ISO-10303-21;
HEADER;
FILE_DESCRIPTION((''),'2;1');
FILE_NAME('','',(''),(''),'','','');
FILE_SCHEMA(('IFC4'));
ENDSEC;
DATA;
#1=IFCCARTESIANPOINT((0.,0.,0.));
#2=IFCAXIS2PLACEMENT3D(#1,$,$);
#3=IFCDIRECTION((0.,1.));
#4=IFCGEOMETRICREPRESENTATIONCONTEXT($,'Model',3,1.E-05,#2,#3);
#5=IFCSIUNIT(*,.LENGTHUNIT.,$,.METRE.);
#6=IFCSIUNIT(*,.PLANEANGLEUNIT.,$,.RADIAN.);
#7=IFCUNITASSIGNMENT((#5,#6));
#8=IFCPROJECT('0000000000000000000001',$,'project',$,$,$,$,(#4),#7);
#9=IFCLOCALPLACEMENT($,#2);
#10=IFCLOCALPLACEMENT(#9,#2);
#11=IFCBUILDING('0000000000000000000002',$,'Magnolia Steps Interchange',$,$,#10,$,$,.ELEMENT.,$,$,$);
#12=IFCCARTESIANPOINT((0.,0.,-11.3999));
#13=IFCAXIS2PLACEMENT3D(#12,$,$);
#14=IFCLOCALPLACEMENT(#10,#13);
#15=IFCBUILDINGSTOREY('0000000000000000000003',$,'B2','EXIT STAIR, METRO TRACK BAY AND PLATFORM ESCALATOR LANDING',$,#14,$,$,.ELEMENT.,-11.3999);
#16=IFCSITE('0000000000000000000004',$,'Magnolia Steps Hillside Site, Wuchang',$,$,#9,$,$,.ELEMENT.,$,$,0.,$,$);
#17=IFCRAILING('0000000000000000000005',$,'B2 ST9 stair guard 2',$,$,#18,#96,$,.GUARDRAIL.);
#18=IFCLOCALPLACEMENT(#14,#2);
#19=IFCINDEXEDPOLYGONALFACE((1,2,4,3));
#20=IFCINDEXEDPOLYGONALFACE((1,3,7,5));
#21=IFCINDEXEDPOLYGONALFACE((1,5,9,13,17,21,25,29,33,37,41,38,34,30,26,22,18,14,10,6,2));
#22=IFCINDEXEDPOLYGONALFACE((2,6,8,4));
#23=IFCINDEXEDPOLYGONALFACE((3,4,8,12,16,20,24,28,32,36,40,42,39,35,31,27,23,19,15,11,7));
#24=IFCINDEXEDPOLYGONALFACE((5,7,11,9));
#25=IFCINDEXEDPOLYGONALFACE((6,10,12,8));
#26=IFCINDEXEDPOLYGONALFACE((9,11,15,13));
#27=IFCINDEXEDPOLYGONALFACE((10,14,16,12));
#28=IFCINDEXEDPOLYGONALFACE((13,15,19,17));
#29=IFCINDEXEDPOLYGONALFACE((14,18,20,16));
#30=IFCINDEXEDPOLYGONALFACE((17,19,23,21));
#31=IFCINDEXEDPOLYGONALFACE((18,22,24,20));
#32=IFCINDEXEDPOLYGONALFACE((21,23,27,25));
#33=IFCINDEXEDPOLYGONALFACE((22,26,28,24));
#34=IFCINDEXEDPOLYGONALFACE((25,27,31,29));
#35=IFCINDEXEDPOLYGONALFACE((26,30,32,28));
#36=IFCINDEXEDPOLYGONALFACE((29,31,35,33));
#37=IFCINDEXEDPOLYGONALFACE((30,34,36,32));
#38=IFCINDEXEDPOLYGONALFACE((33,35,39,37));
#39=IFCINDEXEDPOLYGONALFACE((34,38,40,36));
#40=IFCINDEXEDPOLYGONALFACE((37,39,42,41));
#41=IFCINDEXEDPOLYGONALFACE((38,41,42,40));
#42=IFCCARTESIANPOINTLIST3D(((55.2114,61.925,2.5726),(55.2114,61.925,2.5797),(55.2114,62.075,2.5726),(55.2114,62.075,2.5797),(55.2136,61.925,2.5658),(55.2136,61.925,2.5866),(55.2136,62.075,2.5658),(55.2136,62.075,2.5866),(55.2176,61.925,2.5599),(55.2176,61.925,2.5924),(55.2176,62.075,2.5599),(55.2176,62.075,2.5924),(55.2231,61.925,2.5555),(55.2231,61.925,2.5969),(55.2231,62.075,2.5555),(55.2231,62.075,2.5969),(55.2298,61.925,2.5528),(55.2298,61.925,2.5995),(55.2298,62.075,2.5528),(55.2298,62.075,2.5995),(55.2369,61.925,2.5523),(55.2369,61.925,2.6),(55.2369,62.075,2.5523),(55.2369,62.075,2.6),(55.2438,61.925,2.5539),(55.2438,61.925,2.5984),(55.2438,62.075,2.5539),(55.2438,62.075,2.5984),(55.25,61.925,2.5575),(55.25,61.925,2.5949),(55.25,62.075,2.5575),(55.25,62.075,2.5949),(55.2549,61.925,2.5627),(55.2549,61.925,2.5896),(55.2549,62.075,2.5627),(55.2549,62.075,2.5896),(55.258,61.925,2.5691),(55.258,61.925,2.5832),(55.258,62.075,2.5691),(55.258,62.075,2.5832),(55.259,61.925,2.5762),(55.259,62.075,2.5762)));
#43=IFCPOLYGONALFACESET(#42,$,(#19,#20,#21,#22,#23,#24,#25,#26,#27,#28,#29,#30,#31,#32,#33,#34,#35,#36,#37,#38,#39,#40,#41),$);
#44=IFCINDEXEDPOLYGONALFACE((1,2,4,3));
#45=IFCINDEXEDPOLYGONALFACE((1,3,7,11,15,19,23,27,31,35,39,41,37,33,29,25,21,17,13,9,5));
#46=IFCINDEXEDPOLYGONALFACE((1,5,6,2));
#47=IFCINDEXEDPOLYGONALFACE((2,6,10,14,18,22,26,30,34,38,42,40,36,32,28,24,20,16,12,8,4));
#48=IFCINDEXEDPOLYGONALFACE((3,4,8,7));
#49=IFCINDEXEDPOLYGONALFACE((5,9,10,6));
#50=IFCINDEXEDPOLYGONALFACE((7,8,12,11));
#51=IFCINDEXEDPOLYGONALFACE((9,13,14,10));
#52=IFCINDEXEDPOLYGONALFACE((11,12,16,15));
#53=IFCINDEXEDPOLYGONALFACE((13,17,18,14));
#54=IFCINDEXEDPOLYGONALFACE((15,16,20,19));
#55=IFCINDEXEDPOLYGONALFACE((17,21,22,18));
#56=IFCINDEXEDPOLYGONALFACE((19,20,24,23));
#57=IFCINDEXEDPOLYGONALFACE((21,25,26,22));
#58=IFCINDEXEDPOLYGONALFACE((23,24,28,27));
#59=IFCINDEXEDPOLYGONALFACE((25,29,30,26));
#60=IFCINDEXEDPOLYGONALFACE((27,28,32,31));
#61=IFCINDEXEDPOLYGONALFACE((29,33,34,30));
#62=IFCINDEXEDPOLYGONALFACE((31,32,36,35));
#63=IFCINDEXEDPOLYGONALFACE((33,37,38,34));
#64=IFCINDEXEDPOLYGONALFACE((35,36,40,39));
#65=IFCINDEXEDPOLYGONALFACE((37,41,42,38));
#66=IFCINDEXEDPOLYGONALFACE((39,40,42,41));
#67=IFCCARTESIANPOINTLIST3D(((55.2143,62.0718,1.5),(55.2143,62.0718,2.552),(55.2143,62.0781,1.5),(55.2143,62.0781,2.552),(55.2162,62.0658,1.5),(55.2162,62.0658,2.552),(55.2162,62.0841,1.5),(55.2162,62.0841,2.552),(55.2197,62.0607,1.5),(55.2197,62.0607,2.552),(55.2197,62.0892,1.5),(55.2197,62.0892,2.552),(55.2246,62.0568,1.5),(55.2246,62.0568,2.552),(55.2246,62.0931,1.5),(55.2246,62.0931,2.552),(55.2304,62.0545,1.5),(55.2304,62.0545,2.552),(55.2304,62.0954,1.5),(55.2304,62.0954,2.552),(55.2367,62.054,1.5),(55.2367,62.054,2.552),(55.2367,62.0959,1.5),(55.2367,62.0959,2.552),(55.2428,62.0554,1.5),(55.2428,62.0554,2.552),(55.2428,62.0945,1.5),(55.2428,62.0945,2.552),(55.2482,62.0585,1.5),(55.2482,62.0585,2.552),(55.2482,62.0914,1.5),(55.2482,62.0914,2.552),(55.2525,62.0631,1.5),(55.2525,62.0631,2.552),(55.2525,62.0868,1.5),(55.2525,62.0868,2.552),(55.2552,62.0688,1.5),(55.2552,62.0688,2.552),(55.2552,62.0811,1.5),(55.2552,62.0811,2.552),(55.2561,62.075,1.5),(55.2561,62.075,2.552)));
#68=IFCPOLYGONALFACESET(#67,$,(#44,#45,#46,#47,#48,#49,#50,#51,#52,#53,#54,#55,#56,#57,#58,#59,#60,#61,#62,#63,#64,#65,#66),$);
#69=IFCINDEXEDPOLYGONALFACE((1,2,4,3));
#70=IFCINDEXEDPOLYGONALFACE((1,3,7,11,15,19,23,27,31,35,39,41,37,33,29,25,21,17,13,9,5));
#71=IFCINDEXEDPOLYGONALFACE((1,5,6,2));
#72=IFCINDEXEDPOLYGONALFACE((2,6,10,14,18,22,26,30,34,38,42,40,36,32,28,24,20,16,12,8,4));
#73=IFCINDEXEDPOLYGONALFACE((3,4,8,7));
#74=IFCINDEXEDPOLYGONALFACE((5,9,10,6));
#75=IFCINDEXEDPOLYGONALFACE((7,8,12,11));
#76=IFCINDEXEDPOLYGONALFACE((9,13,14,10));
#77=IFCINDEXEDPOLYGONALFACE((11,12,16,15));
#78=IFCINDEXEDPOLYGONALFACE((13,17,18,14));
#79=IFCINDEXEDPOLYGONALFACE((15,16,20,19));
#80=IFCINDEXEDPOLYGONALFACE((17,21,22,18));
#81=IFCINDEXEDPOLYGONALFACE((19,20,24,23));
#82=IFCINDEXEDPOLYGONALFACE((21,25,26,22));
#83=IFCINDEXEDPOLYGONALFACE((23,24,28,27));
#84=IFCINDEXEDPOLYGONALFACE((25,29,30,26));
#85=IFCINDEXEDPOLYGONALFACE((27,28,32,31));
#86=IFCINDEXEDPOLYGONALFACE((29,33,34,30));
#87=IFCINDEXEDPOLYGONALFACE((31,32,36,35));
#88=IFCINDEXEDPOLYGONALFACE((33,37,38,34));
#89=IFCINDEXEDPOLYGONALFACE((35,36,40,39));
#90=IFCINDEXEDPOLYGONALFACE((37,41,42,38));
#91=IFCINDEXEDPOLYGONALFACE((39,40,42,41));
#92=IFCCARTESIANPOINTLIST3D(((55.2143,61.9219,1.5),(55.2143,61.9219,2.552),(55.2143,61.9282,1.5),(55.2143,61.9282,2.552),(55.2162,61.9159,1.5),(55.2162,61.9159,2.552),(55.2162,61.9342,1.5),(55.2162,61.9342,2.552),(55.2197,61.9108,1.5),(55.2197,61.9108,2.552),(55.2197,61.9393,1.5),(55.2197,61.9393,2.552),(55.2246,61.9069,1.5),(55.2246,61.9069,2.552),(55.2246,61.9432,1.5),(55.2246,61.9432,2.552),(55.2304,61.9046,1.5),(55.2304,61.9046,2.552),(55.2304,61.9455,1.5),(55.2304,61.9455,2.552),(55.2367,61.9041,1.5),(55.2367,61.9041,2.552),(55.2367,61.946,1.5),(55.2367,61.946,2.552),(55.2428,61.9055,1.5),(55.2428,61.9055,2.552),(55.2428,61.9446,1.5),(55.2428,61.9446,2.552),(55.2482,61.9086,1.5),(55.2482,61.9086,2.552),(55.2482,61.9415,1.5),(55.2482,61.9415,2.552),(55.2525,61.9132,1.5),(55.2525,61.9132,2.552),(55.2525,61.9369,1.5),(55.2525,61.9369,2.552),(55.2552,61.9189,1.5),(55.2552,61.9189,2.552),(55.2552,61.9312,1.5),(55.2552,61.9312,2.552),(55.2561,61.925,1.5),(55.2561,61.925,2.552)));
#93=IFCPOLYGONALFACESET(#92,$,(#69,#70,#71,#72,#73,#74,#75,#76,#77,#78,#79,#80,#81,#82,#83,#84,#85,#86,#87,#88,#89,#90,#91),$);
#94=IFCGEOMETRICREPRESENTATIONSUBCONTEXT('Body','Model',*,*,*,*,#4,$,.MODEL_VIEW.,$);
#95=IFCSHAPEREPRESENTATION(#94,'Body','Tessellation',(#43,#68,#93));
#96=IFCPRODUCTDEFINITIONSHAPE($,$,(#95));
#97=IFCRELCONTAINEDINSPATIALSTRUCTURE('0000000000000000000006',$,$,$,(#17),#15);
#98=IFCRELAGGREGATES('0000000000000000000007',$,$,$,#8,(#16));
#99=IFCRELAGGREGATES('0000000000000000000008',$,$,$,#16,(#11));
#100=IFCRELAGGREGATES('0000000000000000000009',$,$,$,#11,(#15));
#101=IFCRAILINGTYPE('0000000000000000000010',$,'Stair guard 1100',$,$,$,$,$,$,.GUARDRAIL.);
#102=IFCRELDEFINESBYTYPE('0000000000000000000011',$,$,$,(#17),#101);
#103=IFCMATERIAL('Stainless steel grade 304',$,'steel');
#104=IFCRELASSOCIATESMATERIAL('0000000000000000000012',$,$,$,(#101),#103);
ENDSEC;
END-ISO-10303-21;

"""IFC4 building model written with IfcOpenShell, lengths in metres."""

from ifc_helpers import new_model, si_unit, direction, frame, origin, origin_2d, place, context, subcontext, project, spatial, circle, extrude, material, type_object, element, save


model = new_model("IFC4")

# Units and contexts
model_context = context("Model", 3, precision=1e-05, world=origin(), true_north=direction((0.0, 1.0)))
body_context = subcontext(model_context, "Body", "Model", "MODEL_VIEW")
ifc_project = project(units=[si_unit("LENGTHUNIT", "METRE"), si_unit("PLANEANGLEUNIT", "RADIAN")], contexts=[model_context])

# Site, building, storey
site_placement = place(None, origin())
site = spatial("IfcSite", under=ifc_project, at=site_placement, Name="Magnolia Steps Hillside Site, Wuchang", CompositionType="ELEMENT", RefElevation=0.0)
building_placement = place(site_placement, origin())
building = spatial("IfcBuilding", under=site, at=building_placement, Name="Magnolia Steps Interchange", CompositionType="ELEMENT")
storey_placement = place(building_placement, frame((0.0, 0.0, -11.3999)))
storey = spatial("IfcBuildingStorey", under=building, at=storey_placement, Name="B2", Description="EXIT STAIR, METRO TRACK BAY AND PLATFORM ESCALATOR LANDING", CompositionType="ELEMENT", Elevation=-11.3999)

# Railing
ifc_material_1 = material(Name="Stainless steel grade 304", Category="steel")
railing_type_1 = type_object("IfcRailingType", Name="Stair guard 1100", PredefinedType="GUARDRAIL", material=ifc_material_1)
railing_1_placement = place(storey_placement, frame((55.2351, 62.075, 1.5)))
element("IfcRailing", 1, at=railing_1_placement, inside=storey, type_object=railing_type_1, Name="B2 ST9 stair guard 2", PredefinedType="GUARDRAIL", context=body_context, shape_type="SweptSolid", body=[
    extrude(circle(Radius=0.0239, at=origin_2d()), frame((0.0, 0.0, 1.0762), z_axis=(0.0, -1.0, 0.0), x_axis=(1.0, 0.0, 0.0)), (0.0, 0.0, 1.0), 0.1499),
    extrude(circle(Radius=0.021, at=origin_2d()), origin(), (0.0, 0.0, 1.0), 1.052),
    extrude(circle(Radius=0.021, at=origin_2d()), frame((0.0, -0.1499, 0.0)), (0.0, 0.0, 1.0), 1.052),
])

save(model, "model.ifc")
